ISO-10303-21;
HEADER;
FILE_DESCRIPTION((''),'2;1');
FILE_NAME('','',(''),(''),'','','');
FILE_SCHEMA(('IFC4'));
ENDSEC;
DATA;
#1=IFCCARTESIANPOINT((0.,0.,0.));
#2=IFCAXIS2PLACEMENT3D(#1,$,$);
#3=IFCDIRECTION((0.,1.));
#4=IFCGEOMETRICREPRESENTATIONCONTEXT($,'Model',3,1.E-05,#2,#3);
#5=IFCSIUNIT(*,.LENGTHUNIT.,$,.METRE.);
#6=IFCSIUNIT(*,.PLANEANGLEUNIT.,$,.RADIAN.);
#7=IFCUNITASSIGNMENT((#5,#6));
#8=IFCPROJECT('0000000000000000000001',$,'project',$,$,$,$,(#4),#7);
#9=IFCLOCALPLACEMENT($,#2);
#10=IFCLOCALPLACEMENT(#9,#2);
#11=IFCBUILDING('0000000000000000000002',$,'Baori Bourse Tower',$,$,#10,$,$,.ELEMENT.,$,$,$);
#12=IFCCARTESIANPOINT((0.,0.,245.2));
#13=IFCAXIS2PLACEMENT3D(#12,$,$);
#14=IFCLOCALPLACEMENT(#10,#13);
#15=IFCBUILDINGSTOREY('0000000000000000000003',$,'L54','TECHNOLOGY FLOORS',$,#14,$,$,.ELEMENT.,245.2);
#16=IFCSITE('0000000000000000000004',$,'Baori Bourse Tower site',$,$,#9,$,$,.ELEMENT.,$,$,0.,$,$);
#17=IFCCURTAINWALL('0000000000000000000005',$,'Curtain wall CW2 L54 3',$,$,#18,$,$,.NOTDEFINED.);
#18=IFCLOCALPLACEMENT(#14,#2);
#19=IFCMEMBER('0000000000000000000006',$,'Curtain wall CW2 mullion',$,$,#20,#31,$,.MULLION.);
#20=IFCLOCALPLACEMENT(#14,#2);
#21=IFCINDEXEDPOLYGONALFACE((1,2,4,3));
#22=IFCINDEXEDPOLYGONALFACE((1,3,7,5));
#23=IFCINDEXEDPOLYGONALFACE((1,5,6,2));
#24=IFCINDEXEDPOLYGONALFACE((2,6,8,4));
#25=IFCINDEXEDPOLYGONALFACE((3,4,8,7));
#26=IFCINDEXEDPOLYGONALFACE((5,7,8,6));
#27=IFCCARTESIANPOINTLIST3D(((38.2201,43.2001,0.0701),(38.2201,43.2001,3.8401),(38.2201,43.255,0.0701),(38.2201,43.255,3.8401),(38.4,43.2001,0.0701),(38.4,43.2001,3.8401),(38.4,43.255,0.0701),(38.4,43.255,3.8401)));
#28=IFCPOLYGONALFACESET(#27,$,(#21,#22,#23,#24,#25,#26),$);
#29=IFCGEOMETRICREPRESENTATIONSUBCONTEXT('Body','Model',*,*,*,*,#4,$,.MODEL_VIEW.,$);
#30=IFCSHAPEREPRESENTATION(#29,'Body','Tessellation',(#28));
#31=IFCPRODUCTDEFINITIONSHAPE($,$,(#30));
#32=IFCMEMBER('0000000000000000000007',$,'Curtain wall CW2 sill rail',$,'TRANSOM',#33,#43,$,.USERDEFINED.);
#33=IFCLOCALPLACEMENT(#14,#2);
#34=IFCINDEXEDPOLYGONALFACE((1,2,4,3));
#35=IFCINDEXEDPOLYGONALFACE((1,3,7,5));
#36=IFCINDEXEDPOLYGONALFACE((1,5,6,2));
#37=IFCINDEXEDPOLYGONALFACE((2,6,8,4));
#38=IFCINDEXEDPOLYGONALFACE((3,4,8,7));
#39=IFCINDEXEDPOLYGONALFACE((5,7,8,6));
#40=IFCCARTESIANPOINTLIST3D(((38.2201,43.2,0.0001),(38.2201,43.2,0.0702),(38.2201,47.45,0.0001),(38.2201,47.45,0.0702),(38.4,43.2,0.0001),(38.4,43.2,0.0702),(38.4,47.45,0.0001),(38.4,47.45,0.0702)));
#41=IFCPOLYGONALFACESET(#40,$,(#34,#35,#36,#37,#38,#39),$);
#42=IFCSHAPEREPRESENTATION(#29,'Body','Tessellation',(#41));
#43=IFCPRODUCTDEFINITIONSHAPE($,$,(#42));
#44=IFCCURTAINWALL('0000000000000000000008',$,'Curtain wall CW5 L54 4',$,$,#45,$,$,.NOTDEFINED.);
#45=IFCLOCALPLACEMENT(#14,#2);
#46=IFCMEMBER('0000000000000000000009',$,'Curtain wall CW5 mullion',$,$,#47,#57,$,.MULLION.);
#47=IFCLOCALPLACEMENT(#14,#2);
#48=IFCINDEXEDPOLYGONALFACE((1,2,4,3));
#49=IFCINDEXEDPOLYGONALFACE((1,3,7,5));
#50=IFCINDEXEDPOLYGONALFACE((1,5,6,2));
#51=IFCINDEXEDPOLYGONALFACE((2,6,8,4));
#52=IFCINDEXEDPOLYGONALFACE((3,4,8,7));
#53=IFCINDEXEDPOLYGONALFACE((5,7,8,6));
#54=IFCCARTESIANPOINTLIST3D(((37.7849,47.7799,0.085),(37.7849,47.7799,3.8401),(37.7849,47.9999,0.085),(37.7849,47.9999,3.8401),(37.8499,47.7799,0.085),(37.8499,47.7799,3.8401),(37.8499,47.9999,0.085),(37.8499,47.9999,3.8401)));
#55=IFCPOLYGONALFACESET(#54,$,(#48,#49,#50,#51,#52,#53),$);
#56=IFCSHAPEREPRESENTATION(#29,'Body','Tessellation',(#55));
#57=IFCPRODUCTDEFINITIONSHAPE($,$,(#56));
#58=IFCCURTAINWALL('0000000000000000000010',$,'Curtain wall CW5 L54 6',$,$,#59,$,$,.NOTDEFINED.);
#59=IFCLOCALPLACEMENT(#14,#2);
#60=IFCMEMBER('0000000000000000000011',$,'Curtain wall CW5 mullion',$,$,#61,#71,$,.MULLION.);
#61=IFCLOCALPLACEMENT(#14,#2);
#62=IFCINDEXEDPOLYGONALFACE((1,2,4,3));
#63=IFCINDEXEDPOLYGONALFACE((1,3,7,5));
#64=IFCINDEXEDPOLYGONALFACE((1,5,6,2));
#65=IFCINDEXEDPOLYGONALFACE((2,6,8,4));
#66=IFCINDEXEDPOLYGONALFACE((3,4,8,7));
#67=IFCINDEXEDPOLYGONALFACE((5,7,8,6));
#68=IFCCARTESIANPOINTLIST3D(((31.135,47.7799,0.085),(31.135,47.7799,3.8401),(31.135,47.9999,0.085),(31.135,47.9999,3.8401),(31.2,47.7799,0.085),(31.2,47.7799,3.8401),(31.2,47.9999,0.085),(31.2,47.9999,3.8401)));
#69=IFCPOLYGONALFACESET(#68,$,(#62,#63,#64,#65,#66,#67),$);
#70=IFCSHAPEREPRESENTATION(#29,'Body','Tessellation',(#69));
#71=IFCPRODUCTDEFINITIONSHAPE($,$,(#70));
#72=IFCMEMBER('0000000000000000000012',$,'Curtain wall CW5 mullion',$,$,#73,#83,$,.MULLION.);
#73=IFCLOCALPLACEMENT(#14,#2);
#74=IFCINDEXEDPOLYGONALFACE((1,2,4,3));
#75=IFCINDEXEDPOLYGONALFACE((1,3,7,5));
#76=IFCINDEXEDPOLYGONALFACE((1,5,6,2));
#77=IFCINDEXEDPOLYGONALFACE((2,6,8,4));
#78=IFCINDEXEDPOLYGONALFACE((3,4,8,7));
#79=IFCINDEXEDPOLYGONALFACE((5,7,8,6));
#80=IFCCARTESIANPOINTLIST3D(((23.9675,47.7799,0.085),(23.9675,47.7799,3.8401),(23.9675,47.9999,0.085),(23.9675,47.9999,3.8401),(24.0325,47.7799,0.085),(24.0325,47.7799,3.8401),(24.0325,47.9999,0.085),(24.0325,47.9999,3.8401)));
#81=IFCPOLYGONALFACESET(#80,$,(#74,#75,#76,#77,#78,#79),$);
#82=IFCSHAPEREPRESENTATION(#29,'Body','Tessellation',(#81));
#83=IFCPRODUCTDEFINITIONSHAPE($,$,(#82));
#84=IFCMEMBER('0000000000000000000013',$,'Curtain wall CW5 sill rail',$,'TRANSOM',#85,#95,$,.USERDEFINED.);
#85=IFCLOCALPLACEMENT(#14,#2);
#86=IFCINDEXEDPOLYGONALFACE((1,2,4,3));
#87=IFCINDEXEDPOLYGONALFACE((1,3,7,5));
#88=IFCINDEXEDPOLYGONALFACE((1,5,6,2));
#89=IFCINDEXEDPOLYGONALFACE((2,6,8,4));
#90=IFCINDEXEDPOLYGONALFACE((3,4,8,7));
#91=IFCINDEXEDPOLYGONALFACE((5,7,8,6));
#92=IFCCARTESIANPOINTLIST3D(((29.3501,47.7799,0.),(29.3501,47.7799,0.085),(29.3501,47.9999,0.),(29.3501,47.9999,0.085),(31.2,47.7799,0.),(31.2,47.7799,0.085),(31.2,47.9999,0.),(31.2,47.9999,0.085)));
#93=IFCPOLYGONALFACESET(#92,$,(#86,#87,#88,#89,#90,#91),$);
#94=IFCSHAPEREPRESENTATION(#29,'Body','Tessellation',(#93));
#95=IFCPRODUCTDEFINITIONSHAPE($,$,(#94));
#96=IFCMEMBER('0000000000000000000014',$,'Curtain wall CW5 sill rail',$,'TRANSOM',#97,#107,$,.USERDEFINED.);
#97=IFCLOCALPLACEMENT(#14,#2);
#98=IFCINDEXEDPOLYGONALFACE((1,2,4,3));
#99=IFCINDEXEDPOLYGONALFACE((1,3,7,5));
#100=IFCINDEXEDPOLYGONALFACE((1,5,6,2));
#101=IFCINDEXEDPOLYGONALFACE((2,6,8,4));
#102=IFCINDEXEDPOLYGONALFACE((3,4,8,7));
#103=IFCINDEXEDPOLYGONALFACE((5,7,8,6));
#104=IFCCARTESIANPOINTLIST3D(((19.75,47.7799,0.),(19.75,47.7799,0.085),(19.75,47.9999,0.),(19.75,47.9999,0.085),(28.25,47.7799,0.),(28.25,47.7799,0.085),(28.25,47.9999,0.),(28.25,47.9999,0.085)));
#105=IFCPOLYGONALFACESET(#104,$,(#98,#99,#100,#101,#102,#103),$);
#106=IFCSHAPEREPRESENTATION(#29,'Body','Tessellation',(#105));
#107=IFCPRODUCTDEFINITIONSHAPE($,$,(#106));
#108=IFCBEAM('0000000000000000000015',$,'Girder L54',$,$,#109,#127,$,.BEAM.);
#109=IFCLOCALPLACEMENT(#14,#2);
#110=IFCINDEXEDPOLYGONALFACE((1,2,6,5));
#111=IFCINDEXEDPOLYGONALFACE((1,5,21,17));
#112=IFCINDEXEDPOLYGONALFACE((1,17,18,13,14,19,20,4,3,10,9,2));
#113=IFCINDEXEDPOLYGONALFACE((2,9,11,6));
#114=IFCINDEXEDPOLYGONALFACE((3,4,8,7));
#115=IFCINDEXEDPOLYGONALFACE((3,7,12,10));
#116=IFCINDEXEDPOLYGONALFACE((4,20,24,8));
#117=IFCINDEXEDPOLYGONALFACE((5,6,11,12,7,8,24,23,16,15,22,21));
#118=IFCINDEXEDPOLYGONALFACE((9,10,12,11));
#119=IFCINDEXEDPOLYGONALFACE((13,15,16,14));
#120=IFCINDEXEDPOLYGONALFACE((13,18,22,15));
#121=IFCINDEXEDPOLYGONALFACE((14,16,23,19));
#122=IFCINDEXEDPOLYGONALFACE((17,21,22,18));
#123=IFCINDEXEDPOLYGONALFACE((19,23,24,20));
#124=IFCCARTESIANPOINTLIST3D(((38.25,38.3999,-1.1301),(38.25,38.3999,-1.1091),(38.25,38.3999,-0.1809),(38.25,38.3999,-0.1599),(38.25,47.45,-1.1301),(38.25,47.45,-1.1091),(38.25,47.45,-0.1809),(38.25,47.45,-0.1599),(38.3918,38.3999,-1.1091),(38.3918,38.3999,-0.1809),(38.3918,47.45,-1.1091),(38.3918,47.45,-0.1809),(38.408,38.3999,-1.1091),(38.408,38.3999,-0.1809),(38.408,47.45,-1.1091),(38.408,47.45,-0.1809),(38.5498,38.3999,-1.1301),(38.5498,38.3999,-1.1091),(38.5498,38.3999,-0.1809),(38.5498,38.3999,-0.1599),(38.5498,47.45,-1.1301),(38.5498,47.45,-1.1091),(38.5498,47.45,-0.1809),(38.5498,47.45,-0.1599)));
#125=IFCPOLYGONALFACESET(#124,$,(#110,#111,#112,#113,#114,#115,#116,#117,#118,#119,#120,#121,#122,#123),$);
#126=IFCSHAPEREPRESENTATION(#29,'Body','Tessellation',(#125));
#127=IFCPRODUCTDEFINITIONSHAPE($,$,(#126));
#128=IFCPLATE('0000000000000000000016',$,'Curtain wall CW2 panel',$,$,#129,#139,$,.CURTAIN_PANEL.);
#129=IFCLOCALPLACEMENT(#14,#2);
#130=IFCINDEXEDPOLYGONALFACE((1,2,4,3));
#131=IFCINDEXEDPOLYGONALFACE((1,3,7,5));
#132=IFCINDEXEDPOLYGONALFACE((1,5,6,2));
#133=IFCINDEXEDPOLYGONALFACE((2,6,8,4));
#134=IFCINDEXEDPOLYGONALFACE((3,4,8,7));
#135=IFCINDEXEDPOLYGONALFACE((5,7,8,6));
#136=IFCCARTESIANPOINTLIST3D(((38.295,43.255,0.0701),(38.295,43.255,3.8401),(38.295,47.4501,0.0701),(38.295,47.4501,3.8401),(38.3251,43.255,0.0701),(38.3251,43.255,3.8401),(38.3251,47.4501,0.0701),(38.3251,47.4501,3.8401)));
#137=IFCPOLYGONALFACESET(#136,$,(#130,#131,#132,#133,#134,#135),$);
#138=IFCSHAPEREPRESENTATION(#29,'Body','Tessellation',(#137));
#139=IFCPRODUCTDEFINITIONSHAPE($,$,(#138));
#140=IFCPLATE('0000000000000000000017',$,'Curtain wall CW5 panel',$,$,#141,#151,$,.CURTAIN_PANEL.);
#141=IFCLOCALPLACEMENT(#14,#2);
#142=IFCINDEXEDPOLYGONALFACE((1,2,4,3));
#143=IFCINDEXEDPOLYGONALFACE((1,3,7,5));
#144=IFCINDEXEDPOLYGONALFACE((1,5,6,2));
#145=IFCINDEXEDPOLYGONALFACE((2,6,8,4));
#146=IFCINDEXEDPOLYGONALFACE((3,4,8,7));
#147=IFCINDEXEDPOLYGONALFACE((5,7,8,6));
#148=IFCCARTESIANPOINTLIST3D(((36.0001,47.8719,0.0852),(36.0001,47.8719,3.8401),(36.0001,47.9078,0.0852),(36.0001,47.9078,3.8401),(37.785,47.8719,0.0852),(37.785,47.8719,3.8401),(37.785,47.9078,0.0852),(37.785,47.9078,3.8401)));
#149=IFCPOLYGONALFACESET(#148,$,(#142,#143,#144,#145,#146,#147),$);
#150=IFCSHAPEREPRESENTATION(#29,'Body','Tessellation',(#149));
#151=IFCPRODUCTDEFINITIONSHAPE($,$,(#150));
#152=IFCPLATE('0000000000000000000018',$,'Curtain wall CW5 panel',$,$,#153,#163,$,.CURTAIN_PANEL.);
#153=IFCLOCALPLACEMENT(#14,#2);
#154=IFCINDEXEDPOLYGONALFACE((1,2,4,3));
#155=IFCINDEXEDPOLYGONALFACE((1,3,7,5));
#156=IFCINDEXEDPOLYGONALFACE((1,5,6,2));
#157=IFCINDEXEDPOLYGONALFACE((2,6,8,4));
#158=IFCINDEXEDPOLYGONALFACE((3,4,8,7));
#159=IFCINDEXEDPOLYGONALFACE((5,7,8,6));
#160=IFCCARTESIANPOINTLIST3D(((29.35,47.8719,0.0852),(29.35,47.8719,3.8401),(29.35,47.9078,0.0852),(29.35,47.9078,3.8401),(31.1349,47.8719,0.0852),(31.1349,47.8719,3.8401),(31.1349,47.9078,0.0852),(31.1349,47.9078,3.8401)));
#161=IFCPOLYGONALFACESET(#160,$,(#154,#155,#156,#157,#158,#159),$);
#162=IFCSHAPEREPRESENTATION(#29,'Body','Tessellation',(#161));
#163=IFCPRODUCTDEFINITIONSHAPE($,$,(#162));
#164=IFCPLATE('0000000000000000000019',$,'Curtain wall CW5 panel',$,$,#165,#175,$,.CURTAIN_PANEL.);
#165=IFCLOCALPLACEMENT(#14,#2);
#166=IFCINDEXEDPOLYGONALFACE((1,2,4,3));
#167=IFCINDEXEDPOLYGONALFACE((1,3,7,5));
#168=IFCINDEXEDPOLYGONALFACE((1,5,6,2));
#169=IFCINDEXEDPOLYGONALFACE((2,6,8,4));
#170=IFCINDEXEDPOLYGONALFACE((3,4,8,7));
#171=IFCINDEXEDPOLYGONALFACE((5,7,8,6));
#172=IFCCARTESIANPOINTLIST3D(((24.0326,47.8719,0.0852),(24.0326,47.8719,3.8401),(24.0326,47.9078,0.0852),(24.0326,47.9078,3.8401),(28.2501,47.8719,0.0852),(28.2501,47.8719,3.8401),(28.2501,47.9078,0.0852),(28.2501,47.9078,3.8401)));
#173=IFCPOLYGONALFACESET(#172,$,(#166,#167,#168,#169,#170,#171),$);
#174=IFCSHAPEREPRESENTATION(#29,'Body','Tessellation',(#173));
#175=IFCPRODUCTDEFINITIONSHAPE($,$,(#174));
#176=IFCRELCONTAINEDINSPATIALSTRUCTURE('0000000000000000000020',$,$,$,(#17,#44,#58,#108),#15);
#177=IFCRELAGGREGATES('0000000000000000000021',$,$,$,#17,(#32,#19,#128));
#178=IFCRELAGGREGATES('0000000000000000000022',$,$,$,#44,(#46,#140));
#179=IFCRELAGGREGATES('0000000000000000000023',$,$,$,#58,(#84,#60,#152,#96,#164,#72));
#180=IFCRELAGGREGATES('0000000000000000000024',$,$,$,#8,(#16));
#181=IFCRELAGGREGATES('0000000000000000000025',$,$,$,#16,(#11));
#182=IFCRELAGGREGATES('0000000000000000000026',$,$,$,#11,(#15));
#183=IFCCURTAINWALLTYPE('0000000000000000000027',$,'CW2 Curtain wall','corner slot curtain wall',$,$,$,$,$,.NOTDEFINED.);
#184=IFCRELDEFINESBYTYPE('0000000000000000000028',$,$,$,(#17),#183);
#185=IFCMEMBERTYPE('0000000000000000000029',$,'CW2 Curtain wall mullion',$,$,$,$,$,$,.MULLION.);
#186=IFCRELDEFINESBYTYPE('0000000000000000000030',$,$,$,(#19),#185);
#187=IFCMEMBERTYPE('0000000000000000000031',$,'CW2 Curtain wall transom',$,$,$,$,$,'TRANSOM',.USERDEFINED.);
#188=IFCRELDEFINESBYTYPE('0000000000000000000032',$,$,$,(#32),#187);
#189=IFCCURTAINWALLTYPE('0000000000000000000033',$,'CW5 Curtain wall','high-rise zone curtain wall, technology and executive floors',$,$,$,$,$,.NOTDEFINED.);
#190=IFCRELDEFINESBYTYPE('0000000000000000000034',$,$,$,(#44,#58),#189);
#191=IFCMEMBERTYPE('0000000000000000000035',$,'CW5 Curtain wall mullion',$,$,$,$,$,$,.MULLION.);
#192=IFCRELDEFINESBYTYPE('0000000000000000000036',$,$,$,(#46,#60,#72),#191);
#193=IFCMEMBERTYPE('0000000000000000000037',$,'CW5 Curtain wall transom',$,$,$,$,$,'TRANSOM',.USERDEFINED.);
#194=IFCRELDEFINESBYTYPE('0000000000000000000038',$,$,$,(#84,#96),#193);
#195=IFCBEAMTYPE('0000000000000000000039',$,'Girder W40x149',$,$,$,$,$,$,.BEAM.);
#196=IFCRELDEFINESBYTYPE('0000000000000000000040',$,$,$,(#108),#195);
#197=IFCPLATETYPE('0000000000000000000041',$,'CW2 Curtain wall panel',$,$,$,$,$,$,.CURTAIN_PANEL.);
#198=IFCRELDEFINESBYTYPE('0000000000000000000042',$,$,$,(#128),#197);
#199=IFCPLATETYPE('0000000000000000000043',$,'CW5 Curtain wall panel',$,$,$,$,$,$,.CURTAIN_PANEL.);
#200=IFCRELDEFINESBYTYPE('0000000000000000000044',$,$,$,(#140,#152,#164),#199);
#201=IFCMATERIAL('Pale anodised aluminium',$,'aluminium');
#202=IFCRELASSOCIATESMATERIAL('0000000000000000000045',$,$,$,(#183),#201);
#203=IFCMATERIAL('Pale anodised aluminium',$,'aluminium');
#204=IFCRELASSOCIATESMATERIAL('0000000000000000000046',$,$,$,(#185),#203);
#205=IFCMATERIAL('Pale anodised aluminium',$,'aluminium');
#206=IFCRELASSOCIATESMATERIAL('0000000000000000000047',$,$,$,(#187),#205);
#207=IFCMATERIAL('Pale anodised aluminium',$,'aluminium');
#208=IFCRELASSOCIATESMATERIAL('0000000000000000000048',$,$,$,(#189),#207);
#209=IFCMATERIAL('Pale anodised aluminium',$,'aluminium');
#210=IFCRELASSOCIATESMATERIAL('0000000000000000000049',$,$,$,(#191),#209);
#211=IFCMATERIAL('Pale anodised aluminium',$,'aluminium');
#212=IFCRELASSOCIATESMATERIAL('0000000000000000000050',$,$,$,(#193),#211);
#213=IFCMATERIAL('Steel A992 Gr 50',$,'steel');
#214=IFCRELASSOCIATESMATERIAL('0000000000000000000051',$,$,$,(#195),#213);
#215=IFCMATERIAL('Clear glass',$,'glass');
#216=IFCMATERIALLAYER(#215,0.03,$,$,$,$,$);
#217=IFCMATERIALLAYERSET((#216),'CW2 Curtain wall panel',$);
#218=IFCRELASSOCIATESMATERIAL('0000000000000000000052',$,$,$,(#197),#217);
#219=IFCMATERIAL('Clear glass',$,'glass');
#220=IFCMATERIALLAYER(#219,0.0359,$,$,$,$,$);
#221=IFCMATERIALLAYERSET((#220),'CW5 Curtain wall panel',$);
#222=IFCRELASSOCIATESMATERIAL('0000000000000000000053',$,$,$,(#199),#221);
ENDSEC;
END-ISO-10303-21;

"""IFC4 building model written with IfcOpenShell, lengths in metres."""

from ifc_helpers import new_model, si_unit, direction, frame, origin, origin_2d, place, context, subcontext, project, spatial, rectangle, i_section, extrude, material, layer, layer_set, material_profile, profile_set, type_object, element, aggregate, save


model = new_model("IFC4")

# Units and contexts
model_context = context("Model", 3, precision=1e-05, world=origin(), true_north=direction((0.0, 1.0)))
body_context = subcontext(model_context, "Body", "Model", "MODEL_VIEW")
ifc_project = project(units=[si_unit("LENGTHUNIT", "METRE"), si_unit("PLANEANGLEUNIT", "RADIAN")], contexts=[model_context])

# Site, building, storey
site_placement = place(None, origin())
site = spatial("IfcSite", under=ifc_project, at=site_placement, Name="Baori Bourse Tower site", CompositionType="ELEMENT", RefElevation=0.0)
building_placement = place(site_placement, origin())
building = spatial("IfcBuilding", under=site, at=building_placement, Name="Baori Bourse Tower", CompositionType="ELEMENT")
storey_placement = place(building_placement, frame((0.0, 0.0, 245.2)))
storey = spatial("IfcBuildingStorey", under=building, at=storey_placement, Name="L54", Description="TECHNOLOGY FLOORS", CompositionType="ELEMENT", Elevation=245.2)

# Curtain wall, members
ifc_material_1 = material(Name="Pale anodised aluminium", Category="aluminium")
curtain_wall_type_1 = type_object("IfcCurtainWallType", Name="CW2 Curtain wall", Description="corner slot curtain wall", PredefinedType="NOTDEFINED", material=ifc_material_1)
curtain_wall_1_placement = place(storey_placement, origin())
curtain_wall_1 = element("IfcCurtainWall", 1, at=curtain_wall_1_placement, inside=storey, type_object=curtain_wall_type_1, Name="Curtain wall CW2 L54 3", PredefinedType="NOTDEFINED")
ifc_material_2 = material(Name="Pale anodised aluminium", Category="aluminium")
ifc_material_profile_1 = material_profile(ifc_material_2, rectangle(XDim=0.1799, YDim=0.0549, at=origin_2d()), Name="Mullion 55x180")
ifc_profile_set_1 = profile_set([ifc_material_profile_1], Name="Pale anodised aluminium")
member_type_1 = type_object("IfcMemberType", Name="CW2 Curtain wall mullion", PredefinedType="MULLION", material=ifc_profile_set_1)
member_1_placement = place(storey_placement, frame((38.3101, 43.2275, 0.0701), z_axis=(0.0, 0.0, 1.0), x_axis=(-1.0, 0.0, 0.0)))
member_1 = element("IfcMember", 2, at=member_1_placement, type_object=member_type_1, Name="Curtain wall CW2 mullion", PredefinedType="MULLION", context=body_context, shape_type="SweptSolid", body=[
    extrude(rectangle(XDim=0.1799, YDim=0.0549, at=origin_2d()), origin(), (0.0, 0.0, 1.0), 3.77),
])
ifc_material_3 = material(Name="Pale anodised aluminium", Category="aluminium")
ifc_material_profile_2 = material_profile(ifc_material_3, rectangle(XDim=0.1799, YDim=0.0701, at=origin_2d()), Name="Transom 70x180")
ifc_profile_set_2 = profile_set([ifc_material_profile_2], Name="Pale anodised aluminium")
member_type_2 = type_object("IfcMemberType", Name="CW2 Curtain wall transom", ElementType="TRANSOM", PredefinedType="USERDEFINED", material=ifc_profile_set_2)
member_2_placement = place(storey_placement, frame((38.3101, 43.2, 0.0352), z_axis=(0.0, 1.0, 0.0), x_axis=(-1.0, 0.0, 0.0)))
member_2 = element("IfcMember", 3, at=member_2_placement, type_object=member_type_2, Name="Curtain wall CW2 sill rail", ObjectType="TRANSOM", PredefinedType="USERDEFINED", context=body_context, shape_type="SweptSolid", body=[
    extrude(rectangle(XDim=0.1799, YDim=0.0701, at=origin_2d()), origin(), (0.0, 0.0, 1.0), 4.25),
])

# Curtain wall, member
ifc_material_4 = material(Name="Pale anodised aluminium", Category="aluminium")
curtain_wall_type_2 = type_object("IfcCurtainWallType", Name="CW5 Curtain wall", Description="high-rise zone curtain wall, technology and executive floors", PredefinedType="NOTDEFINED", material=ifc_material_4)
curtain_wall_2_placement = place(storey_placement, origin())
curtain_wall_2 = element("IfcCurtainWall", 4, at=curtain_wall_2_placement, inside=storey, type_object=curtain_wall_type_2, Name="Curtain wall CW5 L54 4", PredefinedType="NOTDEFINED")
ifc_material_5 = material(Name="Pale anodised aluminium", Category="aluminium")
ifc_material_profile_3 = material_profile(ifc_material_5, rectangle(XDim=0.22, YDim=0.0649, at=origin_2d()), Name="Mullion 65x220")
ifc_profile_set_3 = profile_set([ifc_material_profile_3], Name="Pale anodised aluminium")
member_type_3 = type_object("IfcMemberType", Name="CW5 Curtain wall mullion", PredefinedType="MULLION", material=ifc_profile_set_3)
member_3_placement = place(storey_placement, frame((37.8174, 47.8899, 0.085), z_axis=(0.0, 0.0, 1.0), x_axis=(0.0, -1.0, 0.0)))
member_3 = element("IfcMember", 5, at=member_3_placement, type_object=member_type_3, Name="Curtain wall CW5 mullion", PredefinedType="MULLION", context=body_context, shape_type="SweptSolid", body=[
    extrude(rectangle(XDim=0.22, YDim=0.0649, at=origin_2d()), origin(), (0.0, 0.0, 1.0), 3.7551),
])

# Curtain wall, members
curtain_wall_3_placement = place(storey_placement, origin())
curtain_wall_3 = element("IfcCurtainWall", 6, at=curtain_wall_3_placement, inside=storey, type_object=curtain_wall_type_2, Name="Curtain wall CW5 L54 6", PredefinedType="NOTDEFINED")
member_4_placement = place(storey_placement, frame((31.1675, 47.8899, 0.085), z_axis=(0.0, 0.0, 1.0), x_axis=(0.0, -1.0, 0.0)))
member_4 = element("IfcMember", 7, at=member_4_placement, type_object=member_type_3, Name="Curtain wall CW5 mullion", PredefinedType="MULLION", context=body_context, shape_type="SweptSolid", body=[
    extrude(rectangle(XDim=0.22, YDim=0.0649, at=origin_2d()), origin(), (0.0, 0.0, 1.0), 3.7551),
])
member_5_placement = place(storey_placement, frame((24.0, 47.8899, 0.085), z_axis=(0.0, 0.0, 1.0), x_axis=(0.0, -1.0, 0.0)))
member_5 = element("IfcMember", 8, at=member_5_placement, type_object=member_type_3, Name="Curtain wall CW5 mullion", PredefinedType="MULLION", context=body_context, shape_type="SweptSolid", body=[
    extrude(rectangle(XDim=0.22, YDim=0.0649, at=origin_2d()), origin(), (0.0, 0.0, 1.0), 3.7551),
])
ifc_material_6 = material(Name="Pale anodised aluminium", Category="aluminium")
ifc_material_profile_4 = material_profile(ifc_material_6, rectangle(XDim=0.22, YDim=0.085, at=origin_2d()), Name="Transom 85x220")
ifc_profile_set_4 = profile_set([ifc_material_profile_4], Name="Pale anodised aluminium")
member_type_4 = type_object("IfcMemberType", Name="CW5 Curtain wall transom", ElementType="TRANSOM", PredefinedType="USERDEFINED", material=ifc_profile_set_4)
member_6_placement = place(storey_placement, frame((31.2, 47.8899, 0.0425), z_axis=(-1.0, 0.0, 0.0), x_axis=(0.0, -1.0, 0.0)))
member_6 = element("IfcMember", 9, at=member_6_placement, type_object=member_type_4, Name="Curtain wall CW5 sill rail", ObjectType="TRANSOM", PredefinedType="USERDEFINED", context=body_context, shape_type="SweptSolid", body=[
    extrude(rectangle(XDim=0.22, YDim=0.085, at=origin_2d()), origin(), (0.0, 0.0, 1.0), 1.8499),
])
member_7_placement = place(storey_placement, frame((28.25, 47.8899, 0.0425), z_axis=(-1.0, 0.0, 0.0), x_axis=(0.0, -1.0, 0.0)))
member_7 = element("IfcMember", 10, at=member_7_placement, type_object=member_type_4, Name="Curtain wall CW5 sill rail", ObjectType="TRANSOM", PredefinedType="USERDEFINED", context=body_context, shape_type="SweptSolid", body=[
    extrude(rectangle(XDim=0.22, YDim=0.085, at=origin_2d()), origin(), (0.0, 0.0, 1.0), 8.5),
])

# Beam
ifc_material_7 = material(Name="Steel A992 Gr 50", Category="steel")
ifc_material_profile_5 = material_profile(ifc_material_7, i_section(OverallWidth=0.2998, OverallDepth=0.9702, WebThickness=0.0161, FlangeThickness=0.021, at=origin_2d()), Name="W40x149")
ifc_profile_set_5 = profile_set([ifc_material_profile_5], Name="Steel A992 Gr 50")
beam_type = type_object("IfcBeamType", Name="Girder W40x149", PredefinedType="BEAM", material=ifc_profile_set_5)
beam_placement = place(storey_placement, frame((38.3999, 38.3999, -0.645), z_axis=(0.0, 1.0, 0.0), x_axis=(-1.0, 0.0, 0.0)))
element("IfcBeam", 11, at=beam_placement, inside=storey, type_object=beam_type, Name="Girder L54", PredefinedType="BEAM", context=body_context, shape_type="SweptSolid", body=[
    extrude(i_section(OverallWidth=0.2998, OverallDepth=0.9702, WebThickness=0.0161, FlangeThickness=0.021, at=origin_2d()), origin(), (0.0, 0.0, 1.0), 9.05),
])

# Plates
ifc_material_8 = material(Name="Clear glass", Category="glass")
ifc_layer_1 = layer(ifc_material_8, 0.03)
ifc_layer_set_1 = layer_set([ifc_layer_1], Name="CW2 Curtain wall panel")
plate_type_1 = type_object("IfcPlateType", Name="CW2 Curtain wall panel", PredefinedType="CURTAIN_PANEL", material=ifc_layer_set_1)
plate_1_placement = place(storey_placement, frame((38.3101, 45.3525, 0.0701), z_axis=(0.0, 0.0, 1.0), x_axis=(0.0, 1.0, 0.0)))
plate_1 = element("IfcPlate", 12, at=plate_1_placement, type_object=plate_type_1, Name="Curtain wall CW2 panel", PredefinedType="CURTAIN_PANEL", context=body_context, shape_type="SweptSolid", body=[
    extrude(rectangle(XDim=4.1951, YDim=0.03, at=origin_2d()), origin(), (0.0, 0.0, 1.0), 3.77),
])
aggregate(curtain_wall_1, [member_2, member_1, plate_1])
ifc_material_9 = material(Name="Clear glass", Category="glass")
ifc_layer_2 = layer(ifc_material_9, 0.0359)
ifc_layer_set_2 = layer_set([ifc_layer_2], Name="CW5 Curtain wall panel")
plate_type_2 = type_object("IfcPlateType", Name="CW5 Curtain wall panel", PredefinedType="CURTAIN_PANEL", material=ifc_layer_set_2)
plate_2_placement = place(storey_placement, frame((36.8926, 47.8899, 0.0852), z_axis=(0.0, 0.0, 1.0), x_axis=(-1.0, 0.0, 0.0)))
plate_2 = element("IfcPlate", 13, at=plate_2_placement, type_object=plate_type_2, Name="Curtain wall CW5 panel", PredefinedType="CURTAIN_PANEL", context=body_context, shape_type="SweptSolid", body=[
    extrude(rectangle(XDim=1.7849, YDim=0.0359, at=origin_2d()), origin(), (0.0, 0.0, 1.0), 3.7549),
])
aggregate(curtain_wall_2, [member_3, plate_2])
plate_3_placement = place(storey_placement, frame((30.2424, 47.8899, 0.0852), z_axis=(0.0, 0.0, 1.0), x_axis=(-1.0, 0.0, 0.0)))
plate_3 = element("IfcPlate", 14, at=plate_3_placement, type_object=plate_type_2, Name="Curtain wall CW5 panel", PredefinedType="CURTAIN_PANEL", context=body_context, shape_type="SweptSolid", body=[
    extrude(rectangle(XDim=1.7849, YDim=0.0359, at=origin_2d()), origin(), (0.0, 0.0, 1.0), 3.7549),
])
plate_4_placement = place(storey_placement, frame((26.1414, 47.8899, 0.0852), z_axis=(0.0, 0.0, 1.0), x_axis=(-1.0, 0.0, 0.0)))
plate_4 = element("IfcPlate", 15, at=plate_4_placement, type_object=plate_type_2, Name="Curtain wall CW5 panel", PredefinedType="CURTAIN_PANEL", context=body_context, shape_type="SweptSolid", body=[
    extrude(rectangle(XDim=4.2175, YDim=0.0359, at=origin_2d()), origin(), (0.0, 0.0, 1.0), 3.7549),
])
aggregate(curtain_wall_3, [member_6, member_4, plate_3, member_7, plate_4, member_5])

save(model, "model.ifc")
